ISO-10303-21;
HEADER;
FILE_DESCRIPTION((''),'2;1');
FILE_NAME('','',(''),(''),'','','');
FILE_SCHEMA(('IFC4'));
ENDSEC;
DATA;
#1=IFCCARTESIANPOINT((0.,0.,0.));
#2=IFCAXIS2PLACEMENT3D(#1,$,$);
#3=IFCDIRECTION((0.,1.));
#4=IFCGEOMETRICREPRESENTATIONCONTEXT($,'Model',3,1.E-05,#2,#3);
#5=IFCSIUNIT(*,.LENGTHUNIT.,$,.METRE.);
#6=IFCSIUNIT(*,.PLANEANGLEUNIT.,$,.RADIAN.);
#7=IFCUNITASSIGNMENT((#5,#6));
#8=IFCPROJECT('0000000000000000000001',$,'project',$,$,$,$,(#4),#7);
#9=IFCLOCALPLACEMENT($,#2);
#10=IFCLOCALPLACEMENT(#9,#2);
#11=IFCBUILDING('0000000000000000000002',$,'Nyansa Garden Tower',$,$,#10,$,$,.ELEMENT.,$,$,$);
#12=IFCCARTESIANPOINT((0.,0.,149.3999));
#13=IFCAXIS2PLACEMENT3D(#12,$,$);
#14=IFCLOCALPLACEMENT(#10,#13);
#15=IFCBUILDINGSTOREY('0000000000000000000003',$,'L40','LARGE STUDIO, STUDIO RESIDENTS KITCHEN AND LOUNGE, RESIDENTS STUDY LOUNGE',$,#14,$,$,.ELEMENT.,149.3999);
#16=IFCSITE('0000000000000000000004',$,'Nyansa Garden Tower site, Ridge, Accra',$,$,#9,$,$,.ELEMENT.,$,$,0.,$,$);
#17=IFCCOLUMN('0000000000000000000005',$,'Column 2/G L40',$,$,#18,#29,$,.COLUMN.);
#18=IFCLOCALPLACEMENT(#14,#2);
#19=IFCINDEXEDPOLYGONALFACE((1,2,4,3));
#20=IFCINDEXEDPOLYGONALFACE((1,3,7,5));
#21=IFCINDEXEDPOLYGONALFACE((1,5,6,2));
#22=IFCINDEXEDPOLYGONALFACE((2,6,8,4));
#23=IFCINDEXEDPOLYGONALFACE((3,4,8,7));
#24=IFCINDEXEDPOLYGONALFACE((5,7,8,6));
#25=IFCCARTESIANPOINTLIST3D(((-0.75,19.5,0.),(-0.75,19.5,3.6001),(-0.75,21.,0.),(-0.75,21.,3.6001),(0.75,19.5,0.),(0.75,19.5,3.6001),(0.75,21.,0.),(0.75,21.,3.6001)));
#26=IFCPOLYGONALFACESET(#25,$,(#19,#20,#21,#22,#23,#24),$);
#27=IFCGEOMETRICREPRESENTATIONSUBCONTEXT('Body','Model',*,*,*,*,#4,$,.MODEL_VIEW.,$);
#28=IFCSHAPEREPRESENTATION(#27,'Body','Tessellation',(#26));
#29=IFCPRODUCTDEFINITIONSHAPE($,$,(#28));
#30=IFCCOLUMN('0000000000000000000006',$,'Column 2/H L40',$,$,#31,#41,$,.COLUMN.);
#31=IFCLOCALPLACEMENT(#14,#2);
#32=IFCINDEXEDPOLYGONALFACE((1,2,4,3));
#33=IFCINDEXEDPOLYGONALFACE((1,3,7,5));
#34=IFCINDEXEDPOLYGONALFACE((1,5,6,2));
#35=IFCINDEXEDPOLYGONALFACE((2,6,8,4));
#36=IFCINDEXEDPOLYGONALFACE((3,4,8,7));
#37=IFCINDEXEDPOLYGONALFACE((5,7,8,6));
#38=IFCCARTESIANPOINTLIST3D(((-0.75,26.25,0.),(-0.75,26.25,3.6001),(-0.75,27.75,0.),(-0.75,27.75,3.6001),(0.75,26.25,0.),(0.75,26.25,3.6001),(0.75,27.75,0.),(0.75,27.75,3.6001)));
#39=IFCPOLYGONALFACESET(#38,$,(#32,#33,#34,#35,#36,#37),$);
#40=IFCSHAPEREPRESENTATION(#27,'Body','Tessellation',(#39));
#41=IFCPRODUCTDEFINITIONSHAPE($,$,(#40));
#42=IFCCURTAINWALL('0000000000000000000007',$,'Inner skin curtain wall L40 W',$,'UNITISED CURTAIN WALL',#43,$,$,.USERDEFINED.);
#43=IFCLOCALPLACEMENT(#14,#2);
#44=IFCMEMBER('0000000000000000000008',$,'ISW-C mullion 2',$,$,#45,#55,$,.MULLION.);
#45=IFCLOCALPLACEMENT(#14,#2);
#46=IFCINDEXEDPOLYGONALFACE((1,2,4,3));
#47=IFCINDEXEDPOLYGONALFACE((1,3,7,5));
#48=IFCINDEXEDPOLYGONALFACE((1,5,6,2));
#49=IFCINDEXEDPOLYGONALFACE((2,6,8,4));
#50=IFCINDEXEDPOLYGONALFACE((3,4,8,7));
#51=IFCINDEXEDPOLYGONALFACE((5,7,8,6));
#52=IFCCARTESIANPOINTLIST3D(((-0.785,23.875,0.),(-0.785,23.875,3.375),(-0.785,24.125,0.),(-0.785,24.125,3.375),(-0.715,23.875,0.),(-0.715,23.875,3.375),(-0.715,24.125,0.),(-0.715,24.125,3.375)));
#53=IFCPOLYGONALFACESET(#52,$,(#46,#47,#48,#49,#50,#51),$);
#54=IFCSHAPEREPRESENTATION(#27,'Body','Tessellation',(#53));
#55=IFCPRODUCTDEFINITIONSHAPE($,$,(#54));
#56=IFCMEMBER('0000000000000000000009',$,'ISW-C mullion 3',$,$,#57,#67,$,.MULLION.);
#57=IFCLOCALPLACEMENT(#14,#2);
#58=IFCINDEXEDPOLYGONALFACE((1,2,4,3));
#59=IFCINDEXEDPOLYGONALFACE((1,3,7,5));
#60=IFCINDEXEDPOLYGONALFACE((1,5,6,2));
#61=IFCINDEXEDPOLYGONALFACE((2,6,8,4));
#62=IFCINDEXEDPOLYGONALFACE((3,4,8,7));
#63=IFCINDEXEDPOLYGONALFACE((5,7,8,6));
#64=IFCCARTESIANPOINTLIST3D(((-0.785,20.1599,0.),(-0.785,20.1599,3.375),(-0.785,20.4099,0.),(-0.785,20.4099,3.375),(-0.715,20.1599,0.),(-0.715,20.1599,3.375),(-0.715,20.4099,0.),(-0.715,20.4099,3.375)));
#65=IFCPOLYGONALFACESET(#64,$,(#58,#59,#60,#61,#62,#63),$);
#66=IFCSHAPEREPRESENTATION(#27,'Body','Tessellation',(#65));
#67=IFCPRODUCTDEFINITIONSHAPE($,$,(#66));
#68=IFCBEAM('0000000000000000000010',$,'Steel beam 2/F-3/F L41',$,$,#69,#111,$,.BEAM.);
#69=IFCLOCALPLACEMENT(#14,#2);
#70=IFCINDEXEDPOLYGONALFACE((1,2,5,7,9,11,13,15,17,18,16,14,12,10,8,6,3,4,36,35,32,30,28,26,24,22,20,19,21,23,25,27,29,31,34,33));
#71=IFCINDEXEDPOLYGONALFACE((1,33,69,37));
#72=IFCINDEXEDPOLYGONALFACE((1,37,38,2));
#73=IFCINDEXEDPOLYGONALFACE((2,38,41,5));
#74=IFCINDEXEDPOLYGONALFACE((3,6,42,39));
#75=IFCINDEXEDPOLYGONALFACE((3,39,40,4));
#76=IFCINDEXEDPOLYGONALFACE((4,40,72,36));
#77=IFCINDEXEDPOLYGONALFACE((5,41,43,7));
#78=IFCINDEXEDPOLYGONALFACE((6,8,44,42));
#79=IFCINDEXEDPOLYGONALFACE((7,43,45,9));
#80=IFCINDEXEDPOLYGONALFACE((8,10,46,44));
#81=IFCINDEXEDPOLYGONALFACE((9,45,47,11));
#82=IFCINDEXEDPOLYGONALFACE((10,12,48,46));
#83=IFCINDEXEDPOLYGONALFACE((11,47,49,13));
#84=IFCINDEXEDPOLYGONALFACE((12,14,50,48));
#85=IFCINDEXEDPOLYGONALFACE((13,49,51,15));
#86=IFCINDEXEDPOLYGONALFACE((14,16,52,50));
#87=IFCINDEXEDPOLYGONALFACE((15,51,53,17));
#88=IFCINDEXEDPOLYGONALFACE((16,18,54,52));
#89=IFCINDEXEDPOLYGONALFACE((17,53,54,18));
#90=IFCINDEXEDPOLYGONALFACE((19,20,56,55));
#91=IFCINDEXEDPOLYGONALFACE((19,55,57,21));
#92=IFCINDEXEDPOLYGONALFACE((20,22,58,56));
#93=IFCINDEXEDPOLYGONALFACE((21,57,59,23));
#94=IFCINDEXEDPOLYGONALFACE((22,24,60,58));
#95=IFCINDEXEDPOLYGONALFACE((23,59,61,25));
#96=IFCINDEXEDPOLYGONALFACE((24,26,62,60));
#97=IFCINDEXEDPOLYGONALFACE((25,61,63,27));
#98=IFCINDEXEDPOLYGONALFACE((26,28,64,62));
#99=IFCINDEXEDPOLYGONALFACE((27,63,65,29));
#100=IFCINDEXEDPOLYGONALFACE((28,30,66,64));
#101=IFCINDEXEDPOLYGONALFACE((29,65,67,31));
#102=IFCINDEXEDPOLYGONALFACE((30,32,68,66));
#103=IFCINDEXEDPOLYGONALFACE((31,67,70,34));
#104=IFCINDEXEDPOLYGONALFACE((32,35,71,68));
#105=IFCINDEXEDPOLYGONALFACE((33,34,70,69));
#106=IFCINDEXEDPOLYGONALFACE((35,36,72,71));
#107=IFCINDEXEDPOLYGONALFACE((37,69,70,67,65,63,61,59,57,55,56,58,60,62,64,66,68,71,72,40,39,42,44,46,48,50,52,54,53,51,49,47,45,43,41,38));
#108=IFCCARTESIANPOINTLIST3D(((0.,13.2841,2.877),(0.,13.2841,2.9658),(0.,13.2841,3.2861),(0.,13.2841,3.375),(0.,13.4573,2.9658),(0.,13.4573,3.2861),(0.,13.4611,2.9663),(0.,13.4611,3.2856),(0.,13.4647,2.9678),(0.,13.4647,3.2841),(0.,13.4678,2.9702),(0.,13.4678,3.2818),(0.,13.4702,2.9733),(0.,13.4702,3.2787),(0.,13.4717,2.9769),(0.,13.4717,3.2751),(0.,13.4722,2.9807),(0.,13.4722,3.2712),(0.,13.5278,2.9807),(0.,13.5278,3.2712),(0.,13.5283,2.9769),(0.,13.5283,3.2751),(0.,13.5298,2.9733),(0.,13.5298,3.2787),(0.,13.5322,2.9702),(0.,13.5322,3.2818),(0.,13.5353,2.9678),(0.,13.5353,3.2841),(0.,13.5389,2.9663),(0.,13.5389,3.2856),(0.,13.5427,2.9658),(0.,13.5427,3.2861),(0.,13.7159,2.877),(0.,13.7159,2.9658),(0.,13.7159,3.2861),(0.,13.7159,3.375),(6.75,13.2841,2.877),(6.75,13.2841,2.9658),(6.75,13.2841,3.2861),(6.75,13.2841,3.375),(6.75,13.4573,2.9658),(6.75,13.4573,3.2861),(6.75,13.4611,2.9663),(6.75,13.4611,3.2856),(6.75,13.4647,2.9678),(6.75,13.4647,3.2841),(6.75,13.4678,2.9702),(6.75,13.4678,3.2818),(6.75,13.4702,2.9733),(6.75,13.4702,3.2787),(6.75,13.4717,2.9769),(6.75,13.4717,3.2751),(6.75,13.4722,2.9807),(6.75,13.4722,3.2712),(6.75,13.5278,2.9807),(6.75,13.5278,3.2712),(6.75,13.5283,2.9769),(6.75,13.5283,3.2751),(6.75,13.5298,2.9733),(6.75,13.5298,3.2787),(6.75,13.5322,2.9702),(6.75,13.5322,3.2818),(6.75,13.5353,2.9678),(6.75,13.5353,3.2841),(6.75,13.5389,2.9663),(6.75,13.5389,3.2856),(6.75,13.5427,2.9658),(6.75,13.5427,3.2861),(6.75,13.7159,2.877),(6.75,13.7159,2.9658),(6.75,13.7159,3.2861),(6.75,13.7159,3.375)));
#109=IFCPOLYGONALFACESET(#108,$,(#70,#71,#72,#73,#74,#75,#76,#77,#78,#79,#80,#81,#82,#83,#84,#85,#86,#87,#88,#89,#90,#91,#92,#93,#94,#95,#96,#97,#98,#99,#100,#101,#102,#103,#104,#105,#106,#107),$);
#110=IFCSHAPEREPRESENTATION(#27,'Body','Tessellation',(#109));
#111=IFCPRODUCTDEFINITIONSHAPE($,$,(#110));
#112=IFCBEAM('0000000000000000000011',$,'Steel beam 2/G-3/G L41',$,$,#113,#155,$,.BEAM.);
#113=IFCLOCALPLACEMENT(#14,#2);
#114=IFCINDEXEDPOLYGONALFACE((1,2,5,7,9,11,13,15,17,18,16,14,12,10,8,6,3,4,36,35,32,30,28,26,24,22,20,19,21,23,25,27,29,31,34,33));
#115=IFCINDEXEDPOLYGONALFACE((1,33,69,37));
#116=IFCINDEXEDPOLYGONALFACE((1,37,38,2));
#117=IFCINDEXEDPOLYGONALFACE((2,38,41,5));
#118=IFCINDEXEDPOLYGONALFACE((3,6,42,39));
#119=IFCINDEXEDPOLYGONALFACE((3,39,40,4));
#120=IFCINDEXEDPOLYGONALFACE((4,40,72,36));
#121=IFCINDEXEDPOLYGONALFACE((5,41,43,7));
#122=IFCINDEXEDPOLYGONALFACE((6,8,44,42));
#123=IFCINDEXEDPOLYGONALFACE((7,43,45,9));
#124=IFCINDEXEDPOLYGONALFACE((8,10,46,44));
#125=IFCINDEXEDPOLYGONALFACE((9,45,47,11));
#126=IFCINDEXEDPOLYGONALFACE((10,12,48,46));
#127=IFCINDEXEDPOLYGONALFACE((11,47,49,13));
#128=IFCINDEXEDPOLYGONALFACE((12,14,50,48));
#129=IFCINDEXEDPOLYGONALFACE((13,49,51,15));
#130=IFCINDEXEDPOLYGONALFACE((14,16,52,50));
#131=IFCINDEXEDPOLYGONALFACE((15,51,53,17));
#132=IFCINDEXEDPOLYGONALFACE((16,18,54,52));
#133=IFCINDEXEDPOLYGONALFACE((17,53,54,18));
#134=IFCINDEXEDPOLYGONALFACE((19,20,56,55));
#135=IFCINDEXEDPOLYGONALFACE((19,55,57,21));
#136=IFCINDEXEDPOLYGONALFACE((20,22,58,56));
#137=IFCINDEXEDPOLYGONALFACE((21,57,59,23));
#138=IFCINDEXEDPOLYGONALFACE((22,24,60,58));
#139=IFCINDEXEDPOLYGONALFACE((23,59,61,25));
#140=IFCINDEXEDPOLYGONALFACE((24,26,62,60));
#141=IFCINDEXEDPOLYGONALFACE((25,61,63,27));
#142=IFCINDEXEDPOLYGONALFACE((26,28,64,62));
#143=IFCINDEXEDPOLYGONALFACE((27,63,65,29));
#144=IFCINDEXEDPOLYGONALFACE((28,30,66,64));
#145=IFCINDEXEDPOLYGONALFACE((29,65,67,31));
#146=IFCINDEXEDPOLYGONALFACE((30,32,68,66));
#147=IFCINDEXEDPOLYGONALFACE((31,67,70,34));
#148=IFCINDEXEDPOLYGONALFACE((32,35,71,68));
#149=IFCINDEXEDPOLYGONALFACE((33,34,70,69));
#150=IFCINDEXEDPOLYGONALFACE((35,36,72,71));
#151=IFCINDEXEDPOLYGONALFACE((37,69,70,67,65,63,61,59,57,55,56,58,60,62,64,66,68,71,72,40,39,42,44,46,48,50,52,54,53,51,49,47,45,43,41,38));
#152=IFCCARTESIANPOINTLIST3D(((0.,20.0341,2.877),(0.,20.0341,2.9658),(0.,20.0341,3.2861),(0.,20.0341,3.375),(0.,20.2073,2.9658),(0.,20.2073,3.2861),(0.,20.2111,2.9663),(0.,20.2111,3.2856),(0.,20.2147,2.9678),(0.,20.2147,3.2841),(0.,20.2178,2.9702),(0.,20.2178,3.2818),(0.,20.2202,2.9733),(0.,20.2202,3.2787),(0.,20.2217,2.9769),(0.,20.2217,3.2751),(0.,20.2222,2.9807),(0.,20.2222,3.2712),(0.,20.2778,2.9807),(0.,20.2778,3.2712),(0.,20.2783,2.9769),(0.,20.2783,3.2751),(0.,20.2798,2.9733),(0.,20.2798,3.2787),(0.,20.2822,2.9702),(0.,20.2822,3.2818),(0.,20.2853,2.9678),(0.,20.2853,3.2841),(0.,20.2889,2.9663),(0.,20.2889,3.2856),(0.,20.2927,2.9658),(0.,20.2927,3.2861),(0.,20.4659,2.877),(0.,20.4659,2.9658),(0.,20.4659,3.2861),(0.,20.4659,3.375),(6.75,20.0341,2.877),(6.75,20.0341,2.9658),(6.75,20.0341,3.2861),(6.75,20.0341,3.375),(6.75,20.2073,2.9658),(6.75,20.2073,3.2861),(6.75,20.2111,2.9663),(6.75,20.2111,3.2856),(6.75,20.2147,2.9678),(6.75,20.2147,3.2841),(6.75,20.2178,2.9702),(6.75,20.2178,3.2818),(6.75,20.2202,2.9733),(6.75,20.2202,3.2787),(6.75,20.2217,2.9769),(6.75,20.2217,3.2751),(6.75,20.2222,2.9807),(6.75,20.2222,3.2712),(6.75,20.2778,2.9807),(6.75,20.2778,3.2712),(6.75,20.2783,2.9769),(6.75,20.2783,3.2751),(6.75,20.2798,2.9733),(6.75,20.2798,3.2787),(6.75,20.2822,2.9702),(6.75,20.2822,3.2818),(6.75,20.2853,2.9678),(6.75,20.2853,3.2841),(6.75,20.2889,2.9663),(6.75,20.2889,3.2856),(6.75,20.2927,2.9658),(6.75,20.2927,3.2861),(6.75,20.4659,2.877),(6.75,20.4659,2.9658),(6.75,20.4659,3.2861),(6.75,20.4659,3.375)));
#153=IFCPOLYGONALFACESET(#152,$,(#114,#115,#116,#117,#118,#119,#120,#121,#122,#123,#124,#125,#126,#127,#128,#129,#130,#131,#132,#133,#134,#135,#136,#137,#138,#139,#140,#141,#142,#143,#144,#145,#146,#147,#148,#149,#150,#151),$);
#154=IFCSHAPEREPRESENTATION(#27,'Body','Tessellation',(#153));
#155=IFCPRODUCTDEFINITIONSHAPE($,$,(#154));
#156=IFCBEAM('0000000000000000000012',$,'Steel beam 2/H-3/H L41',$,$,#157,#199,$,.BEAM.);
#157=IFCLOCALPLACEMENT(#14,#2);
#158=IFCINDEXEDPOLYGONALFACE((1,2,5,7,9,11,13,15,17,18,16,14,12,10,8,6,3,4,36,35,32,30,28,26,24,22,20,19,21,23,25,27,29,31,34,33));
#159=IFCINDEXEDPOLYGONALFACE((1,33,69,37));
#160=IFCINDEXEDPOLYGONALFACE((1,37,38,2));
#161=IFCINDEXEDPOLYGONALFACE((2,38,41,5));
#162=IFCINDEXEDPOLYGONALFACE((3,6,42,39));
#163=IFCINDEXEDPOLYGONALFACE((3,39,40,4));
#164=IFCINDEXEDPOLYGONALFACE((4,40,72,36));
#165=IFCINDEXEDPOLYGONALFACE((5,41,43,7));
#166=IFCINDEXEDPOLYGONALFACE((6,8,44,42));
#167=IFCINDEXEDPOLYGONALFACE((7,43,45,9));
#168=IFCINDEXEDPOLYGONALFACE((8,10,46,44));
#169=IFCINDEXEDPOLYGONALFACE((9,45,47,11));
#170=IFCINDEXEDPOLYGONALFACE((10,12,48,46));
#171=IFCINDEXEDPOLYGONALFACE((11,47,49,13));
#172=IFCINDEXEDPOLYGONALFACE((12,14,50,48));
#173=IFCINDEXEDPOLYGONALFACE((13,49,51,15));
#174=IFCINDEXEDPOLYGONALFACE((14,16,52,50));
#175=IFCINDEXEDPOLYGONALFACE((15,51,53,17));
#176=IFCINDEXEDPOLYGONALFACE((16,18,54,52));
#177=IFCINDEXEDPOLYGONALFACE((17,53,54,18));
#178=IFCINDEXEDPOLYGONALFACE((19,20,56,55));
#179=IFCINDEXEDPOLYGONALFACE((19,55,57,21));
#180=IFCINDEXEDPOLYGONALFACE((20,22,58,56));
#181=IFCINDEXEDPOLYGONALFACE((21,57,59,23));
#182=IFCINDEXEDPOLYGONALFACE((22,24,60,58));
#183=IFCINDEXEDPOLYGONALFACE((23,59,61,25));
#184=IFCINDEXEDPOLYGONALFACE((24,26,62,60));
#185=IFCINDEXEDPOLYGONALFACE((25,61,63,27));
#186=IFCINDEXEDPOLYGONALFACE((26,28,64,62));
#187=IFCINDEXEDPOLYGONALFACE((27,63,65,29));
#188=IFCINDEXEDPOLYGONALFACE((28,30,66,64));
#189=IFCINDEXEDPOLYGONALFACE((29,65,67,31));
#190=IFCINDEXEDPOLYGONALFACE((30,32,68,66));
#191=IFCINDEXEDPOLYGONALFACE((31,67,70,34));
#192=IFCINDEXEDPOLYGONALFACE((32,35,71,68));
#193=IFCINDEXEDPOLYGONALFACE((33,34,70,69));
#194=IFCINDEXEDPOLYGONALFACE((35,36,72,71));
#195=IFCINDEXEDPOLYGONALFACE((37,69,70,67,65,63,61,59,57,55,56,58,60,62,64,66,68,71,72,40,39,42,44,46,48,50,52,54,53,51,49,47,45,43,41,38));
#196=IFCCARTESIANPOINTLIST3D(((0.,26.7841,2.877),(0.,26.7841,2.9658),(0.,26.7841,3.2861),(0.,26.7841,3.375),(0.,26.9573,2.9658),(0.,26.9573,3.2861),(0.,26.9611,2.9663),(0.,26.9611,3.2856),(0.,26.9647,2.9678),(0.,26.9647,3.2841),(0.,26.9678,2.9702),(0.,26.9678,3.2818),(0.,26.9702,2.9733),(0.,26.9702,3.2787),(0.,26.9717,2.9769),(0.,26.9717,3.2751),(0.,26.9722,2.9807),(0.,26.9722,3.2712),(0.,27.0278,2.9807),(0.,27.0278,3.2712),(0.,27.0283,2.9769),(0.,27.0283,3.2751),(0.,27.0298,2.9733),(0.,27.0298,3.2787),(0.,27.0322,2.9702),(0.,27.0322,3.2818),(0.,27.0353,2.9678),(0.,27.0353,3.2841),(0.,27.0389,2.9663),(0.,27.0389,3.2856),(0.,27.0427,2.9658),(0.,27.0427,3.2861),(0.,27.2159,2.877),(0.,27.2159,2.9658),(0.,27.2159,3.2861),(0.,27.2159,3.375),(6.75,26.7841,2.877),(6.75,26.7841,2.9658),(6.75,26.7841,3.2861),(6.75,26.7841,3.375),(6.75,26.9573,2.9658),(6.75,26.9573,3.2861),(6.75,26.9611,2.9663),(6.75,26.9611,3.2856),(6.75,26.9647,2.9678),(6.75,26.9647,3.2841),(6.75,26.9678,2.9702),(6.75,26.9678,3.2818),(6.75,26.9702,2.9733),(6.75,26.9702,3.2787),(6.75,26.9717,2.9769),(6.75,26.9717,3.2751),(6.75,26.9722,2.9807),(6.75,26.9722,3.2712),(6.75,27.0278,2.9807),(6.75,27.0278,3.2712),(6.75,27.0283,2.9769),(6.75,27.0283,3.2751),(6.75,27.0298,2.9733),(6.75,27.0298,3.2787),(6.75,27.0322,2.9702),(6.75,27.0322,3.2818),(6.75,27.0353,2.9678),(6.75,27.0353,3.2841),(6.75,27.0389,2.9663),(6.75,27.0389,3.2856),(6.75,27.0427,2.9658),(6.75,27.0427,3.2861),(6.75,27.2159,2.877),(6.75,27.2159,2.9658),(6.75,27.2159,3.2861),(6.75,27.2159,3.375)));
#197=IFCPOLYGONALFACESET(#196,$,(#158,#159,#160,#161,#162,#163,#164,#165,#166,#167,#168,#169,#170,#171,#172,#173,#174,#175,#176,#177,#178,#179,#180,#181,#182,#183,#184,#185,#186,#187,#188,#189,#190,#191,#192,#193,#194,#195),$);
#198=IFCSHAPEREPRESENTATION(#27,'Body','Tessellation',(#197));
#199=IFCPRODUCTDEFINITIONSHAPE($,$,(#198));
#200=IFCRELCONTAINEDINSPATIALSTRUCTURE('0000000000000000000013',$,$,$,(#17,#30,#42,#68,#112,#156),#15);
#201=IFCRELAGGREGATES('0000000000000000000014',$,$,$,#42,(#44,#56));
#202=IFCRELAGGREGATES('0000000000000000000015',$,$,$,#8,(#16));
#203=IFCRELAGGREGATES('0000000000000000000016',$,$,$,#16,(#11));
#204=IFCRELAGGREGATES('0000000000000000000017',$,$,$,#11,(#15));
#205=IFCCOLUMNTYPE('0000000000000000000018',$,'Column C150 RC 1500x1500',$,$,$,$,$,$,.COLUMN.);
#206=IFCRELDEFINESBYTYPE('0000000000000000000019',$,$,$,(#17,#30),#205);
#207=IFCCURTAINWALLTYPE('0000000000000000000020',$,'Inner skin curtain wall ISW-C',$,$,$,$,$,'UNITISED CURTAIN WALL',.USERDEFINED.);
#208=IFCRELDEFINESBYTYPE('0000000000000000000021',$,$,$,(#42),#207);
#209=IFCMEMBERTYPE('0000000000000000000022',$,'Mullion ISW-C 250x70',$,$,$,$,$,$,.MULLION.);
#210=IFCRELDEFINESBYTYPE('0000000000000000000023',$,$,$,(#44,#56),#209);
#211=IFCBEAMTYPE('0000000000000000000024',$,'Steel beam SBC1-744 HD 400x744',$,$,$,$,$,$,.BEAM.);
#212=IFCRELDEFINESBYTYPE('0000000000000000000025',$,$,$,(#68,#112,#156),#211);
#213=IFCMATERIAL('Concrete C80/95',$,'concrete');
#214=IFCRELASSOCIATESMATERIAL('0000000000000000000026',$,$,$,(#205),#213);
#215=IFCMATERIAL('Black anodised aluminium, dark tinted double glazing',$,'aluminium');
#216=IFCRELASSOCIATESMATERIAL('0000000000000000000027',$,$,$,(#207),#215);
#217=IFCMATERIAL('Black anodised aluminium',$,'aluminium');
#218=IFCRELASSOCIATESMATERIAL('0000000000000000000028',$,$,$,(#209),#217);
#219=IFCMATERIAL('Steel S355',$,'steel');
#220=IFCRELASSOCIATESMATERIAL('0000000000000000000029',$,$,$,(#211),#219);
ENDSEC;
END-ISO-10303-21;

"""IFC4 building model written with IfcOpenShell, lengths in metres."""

from ifc_helpers import new_model, si_unit, direction, frame, origin, origin_2d, place, context, subcontext, project, spatial, rectangle, i_section, extrude, material, material_profile, profile_set, type_object, element, aggregate, save


model = new_model("IFC4")

# Units and contexts
model_context = context("Model", 3, precision=1e-05, world=origin(), true_north=direction((0.0, 1.0)))
body_context = subcontext(model_context, "Body", "Model", "MODEL_VIEW")
ifc_project = project(units=[si_unit("LENGTHUNIT", "METRE"), si_unit("PLANEANGLEUNIT", "RADIAN")], contexts=[model_context])

# Site, building, storey
site_placement = place(None, origin())
site = spatial("IfcSite", under=ifc_project, at=site_placement, Name="Nyansa Garden Tower site, Ridge, Accra", CompositionType="ELEMENT", RefElevation=0.0)
building_placement = place(site_placement, origin())
building = spatial("IfcBuilding", under=site, at=building_placement, Name="Nyansa Garden Tower", CompositionType="ELEMENT")
storey_placement = place(building_placement, frame((0.0, 0.0, 149.3999)))
storey = spatial("IfcBuildingStorey", under=building, at=storey_placement, Name="L40", Description="LARGE STUDIO, STUDIO RESIDENTS KITCHEN AND LOUNGE, RESIDENTS STUDY LOUNGE", CompositionType="ELEMENT", Elevation=149.3999)

# Columns
ifc_material_1 = material(Name="Concrete C80/95", Category="concrete")
ifc_material_profile_1 = material_profile(ifc_material_1, rectangle(XDim=1.5, YDim=1.5, at=origin_2d()), Name="RC 1500x1500")
ifc_profile_set_1 = profile_set([ifc_material_profile_1], Name="Concrete C80/95")
column_type = type_object("IfcColumnType", Name="Column C150 RC 1500x1500", PredefinedType="COLUMN", material=ifc_profile_set_1)
for number, where, z_axis, x_axis, name in (
    (1, (0.0, 20.25, 0.0), (0.0, 0.0, 1.0), (1.0, 0.0, 0.0), "Column 2/G L40"),
    (2, (0.0, 27.0, 0.0), (0.0, 0.0, 1.0), (1.0, 0.0, 0.0), "Column 2/H L40"),
):
    element("IfcColumn", number, at=place(storey_placement, frame(where, z_axis=z_axis, x_axis=x_axis)), inside=storey, type_object=column_type, Name=name, PredefinedType="COLUMN", context=body_context, shape_type="SweptSolid", body=[
        extrude(rectangle(XDim=1.5, YDim=1.5, at=origin_2d()), origin(), (0.0, 0.0, 1.0), 3.6001),
    ])

# Curtain wall, members
ifc_material_2 = material(Name="Black anodised aluminium, dark tinted double glazing", Category="aluminium")
curtain_wall_type = type_object("IfcCurtainWallType", Name="Inner skin curtain wall ISW-C", ElementType="UNITISED CURTAIN WALL", PredefinedType="USERDEFINED", material=ifc_material_2)
curtain_wall_placement = place(storey_placement, origin())
curtain_wall = element("IfcCurtainWall", 3, at=curtain_wall_placement, inside=storey, type_object=curtain_wall_type, Name="Inner skin curtain wall L40 W", ObjectType="UNITISED CURTAIN WALL", PredefinedType="USERDEFINED")
ifc_material_3 = material(Name="Black anodised aluminium", Category="aluminium")
ifc_material_profile_2 = material_profile(ifc_material_3, rectangle(XDim=0.0701, YDim=0.25, at=origin_2d()), Name="Mullion 250x70")
ifc_profile_set_2 = profile_set([ifc_material_profile_2], Name="Black anodised aluminium")
member_type_1 = type_object("IfcMemberType", Name="Mullion ISW-C 250x70", PredefinedType="MULLION", material=ifc_profile_set_2)
member_1_placement = place(storey_placement, frame((-0.75, 24.0, 0.0), z_axis=(0.0, 0.0, 1.0), x_axis=(1.0, 0.0, 0.0)))
member_1 = element("IfcMember", 4, at=member_1_placement, type_object=member_type_1, Name="ISW-C mullion 2", PredefinedType="MULLION", context=body_context, shape_type="SweptSolid", body=[
    extrude(rectangle(XDim=0.0701, YDim=0.25, at=origin_2d()), origin(), (0.0, 0.0, 1.0), 3.375),
])
member_2_placement = place(storey_placement, frame((-0.75, 20.2849, 0.0), z_axis=(0.0, 0.0, 1.0), x_axis=(1.0, 0.0, 0.0)))
member_2 = element("IfcMember", 5, at=member_2_placement, type_object=member_type_1, Name="ISW-C mullion 3", PredefinedType="MULLION", context=body_context, shape_type="SweptSolid", body=[
    extrude(rectangle(XDim=0.0701, YDim=0.25, at=origin_2d()), origin(), (0.0, 0.0, 1.0), 3.375),
])

# Beams
ifc_material_4 = material(Name="Steel S355", Category="steel")
ifc_material_profile_3 = material_profile(ifc_material_4, i_section(OverallWidth=0.4319, OverallDepth=0.498, WebThickness=0.0557, FlangeThickness=0.0889, FilletRadius=0.0149, at=origin_2d()), Name="HD 400x744")
ifc_profile_set_3 = profile_set([ifc_material_profile_3], Name="Steel S355")
beam_type_1 = type_object("IfcBeamType", Name="Steel beam SBC1-744 HD 400x744", PredefinedType="BEAM", material=ifc_profile_set_3)
for number, where, z_axis, x_axis, name in (
    (6, (0.0, 13.5, 3.126), (1.0, 0.0, 0.0), (0.0, 1.0, 0.0), "Steel beam 2/F-3/F L41"),
    (7, (0.0, 20.25, 3.126), (1.0, 0.0, 0.0), (0.0, 1.0, 0.0), "Steel beam 2/G-3/G L41"),
    (8, (0.0, 27.0, 3.126), (1.0, 0.0, 0.0), (0.0, 1.0, 0.0), "Steel beam 2/H-3/H L41"),
):
    element("IfcBeam", number, at=place(storey_placement, frame(where, z_axis=z_axis, x_axis=x_axis)), inside=storey, type_object=beam_type_1, Name=name, PredefinedType="BEAM", context=body_context, shape_type="SweptSolid", body=[
        extrude(i_section(OverallWidth=0.4319, OverallDepth=0.498, WebThickness=0.0557, FlangeThickness=0.0889, FilletRadius=0.0149, at=origin_2d()), origin(), (0.0, 0.0, 1.0), 6.75),
    ])

aggregate(curtain_wall, [member_1, member_2])

save(model, "model.ifc")
